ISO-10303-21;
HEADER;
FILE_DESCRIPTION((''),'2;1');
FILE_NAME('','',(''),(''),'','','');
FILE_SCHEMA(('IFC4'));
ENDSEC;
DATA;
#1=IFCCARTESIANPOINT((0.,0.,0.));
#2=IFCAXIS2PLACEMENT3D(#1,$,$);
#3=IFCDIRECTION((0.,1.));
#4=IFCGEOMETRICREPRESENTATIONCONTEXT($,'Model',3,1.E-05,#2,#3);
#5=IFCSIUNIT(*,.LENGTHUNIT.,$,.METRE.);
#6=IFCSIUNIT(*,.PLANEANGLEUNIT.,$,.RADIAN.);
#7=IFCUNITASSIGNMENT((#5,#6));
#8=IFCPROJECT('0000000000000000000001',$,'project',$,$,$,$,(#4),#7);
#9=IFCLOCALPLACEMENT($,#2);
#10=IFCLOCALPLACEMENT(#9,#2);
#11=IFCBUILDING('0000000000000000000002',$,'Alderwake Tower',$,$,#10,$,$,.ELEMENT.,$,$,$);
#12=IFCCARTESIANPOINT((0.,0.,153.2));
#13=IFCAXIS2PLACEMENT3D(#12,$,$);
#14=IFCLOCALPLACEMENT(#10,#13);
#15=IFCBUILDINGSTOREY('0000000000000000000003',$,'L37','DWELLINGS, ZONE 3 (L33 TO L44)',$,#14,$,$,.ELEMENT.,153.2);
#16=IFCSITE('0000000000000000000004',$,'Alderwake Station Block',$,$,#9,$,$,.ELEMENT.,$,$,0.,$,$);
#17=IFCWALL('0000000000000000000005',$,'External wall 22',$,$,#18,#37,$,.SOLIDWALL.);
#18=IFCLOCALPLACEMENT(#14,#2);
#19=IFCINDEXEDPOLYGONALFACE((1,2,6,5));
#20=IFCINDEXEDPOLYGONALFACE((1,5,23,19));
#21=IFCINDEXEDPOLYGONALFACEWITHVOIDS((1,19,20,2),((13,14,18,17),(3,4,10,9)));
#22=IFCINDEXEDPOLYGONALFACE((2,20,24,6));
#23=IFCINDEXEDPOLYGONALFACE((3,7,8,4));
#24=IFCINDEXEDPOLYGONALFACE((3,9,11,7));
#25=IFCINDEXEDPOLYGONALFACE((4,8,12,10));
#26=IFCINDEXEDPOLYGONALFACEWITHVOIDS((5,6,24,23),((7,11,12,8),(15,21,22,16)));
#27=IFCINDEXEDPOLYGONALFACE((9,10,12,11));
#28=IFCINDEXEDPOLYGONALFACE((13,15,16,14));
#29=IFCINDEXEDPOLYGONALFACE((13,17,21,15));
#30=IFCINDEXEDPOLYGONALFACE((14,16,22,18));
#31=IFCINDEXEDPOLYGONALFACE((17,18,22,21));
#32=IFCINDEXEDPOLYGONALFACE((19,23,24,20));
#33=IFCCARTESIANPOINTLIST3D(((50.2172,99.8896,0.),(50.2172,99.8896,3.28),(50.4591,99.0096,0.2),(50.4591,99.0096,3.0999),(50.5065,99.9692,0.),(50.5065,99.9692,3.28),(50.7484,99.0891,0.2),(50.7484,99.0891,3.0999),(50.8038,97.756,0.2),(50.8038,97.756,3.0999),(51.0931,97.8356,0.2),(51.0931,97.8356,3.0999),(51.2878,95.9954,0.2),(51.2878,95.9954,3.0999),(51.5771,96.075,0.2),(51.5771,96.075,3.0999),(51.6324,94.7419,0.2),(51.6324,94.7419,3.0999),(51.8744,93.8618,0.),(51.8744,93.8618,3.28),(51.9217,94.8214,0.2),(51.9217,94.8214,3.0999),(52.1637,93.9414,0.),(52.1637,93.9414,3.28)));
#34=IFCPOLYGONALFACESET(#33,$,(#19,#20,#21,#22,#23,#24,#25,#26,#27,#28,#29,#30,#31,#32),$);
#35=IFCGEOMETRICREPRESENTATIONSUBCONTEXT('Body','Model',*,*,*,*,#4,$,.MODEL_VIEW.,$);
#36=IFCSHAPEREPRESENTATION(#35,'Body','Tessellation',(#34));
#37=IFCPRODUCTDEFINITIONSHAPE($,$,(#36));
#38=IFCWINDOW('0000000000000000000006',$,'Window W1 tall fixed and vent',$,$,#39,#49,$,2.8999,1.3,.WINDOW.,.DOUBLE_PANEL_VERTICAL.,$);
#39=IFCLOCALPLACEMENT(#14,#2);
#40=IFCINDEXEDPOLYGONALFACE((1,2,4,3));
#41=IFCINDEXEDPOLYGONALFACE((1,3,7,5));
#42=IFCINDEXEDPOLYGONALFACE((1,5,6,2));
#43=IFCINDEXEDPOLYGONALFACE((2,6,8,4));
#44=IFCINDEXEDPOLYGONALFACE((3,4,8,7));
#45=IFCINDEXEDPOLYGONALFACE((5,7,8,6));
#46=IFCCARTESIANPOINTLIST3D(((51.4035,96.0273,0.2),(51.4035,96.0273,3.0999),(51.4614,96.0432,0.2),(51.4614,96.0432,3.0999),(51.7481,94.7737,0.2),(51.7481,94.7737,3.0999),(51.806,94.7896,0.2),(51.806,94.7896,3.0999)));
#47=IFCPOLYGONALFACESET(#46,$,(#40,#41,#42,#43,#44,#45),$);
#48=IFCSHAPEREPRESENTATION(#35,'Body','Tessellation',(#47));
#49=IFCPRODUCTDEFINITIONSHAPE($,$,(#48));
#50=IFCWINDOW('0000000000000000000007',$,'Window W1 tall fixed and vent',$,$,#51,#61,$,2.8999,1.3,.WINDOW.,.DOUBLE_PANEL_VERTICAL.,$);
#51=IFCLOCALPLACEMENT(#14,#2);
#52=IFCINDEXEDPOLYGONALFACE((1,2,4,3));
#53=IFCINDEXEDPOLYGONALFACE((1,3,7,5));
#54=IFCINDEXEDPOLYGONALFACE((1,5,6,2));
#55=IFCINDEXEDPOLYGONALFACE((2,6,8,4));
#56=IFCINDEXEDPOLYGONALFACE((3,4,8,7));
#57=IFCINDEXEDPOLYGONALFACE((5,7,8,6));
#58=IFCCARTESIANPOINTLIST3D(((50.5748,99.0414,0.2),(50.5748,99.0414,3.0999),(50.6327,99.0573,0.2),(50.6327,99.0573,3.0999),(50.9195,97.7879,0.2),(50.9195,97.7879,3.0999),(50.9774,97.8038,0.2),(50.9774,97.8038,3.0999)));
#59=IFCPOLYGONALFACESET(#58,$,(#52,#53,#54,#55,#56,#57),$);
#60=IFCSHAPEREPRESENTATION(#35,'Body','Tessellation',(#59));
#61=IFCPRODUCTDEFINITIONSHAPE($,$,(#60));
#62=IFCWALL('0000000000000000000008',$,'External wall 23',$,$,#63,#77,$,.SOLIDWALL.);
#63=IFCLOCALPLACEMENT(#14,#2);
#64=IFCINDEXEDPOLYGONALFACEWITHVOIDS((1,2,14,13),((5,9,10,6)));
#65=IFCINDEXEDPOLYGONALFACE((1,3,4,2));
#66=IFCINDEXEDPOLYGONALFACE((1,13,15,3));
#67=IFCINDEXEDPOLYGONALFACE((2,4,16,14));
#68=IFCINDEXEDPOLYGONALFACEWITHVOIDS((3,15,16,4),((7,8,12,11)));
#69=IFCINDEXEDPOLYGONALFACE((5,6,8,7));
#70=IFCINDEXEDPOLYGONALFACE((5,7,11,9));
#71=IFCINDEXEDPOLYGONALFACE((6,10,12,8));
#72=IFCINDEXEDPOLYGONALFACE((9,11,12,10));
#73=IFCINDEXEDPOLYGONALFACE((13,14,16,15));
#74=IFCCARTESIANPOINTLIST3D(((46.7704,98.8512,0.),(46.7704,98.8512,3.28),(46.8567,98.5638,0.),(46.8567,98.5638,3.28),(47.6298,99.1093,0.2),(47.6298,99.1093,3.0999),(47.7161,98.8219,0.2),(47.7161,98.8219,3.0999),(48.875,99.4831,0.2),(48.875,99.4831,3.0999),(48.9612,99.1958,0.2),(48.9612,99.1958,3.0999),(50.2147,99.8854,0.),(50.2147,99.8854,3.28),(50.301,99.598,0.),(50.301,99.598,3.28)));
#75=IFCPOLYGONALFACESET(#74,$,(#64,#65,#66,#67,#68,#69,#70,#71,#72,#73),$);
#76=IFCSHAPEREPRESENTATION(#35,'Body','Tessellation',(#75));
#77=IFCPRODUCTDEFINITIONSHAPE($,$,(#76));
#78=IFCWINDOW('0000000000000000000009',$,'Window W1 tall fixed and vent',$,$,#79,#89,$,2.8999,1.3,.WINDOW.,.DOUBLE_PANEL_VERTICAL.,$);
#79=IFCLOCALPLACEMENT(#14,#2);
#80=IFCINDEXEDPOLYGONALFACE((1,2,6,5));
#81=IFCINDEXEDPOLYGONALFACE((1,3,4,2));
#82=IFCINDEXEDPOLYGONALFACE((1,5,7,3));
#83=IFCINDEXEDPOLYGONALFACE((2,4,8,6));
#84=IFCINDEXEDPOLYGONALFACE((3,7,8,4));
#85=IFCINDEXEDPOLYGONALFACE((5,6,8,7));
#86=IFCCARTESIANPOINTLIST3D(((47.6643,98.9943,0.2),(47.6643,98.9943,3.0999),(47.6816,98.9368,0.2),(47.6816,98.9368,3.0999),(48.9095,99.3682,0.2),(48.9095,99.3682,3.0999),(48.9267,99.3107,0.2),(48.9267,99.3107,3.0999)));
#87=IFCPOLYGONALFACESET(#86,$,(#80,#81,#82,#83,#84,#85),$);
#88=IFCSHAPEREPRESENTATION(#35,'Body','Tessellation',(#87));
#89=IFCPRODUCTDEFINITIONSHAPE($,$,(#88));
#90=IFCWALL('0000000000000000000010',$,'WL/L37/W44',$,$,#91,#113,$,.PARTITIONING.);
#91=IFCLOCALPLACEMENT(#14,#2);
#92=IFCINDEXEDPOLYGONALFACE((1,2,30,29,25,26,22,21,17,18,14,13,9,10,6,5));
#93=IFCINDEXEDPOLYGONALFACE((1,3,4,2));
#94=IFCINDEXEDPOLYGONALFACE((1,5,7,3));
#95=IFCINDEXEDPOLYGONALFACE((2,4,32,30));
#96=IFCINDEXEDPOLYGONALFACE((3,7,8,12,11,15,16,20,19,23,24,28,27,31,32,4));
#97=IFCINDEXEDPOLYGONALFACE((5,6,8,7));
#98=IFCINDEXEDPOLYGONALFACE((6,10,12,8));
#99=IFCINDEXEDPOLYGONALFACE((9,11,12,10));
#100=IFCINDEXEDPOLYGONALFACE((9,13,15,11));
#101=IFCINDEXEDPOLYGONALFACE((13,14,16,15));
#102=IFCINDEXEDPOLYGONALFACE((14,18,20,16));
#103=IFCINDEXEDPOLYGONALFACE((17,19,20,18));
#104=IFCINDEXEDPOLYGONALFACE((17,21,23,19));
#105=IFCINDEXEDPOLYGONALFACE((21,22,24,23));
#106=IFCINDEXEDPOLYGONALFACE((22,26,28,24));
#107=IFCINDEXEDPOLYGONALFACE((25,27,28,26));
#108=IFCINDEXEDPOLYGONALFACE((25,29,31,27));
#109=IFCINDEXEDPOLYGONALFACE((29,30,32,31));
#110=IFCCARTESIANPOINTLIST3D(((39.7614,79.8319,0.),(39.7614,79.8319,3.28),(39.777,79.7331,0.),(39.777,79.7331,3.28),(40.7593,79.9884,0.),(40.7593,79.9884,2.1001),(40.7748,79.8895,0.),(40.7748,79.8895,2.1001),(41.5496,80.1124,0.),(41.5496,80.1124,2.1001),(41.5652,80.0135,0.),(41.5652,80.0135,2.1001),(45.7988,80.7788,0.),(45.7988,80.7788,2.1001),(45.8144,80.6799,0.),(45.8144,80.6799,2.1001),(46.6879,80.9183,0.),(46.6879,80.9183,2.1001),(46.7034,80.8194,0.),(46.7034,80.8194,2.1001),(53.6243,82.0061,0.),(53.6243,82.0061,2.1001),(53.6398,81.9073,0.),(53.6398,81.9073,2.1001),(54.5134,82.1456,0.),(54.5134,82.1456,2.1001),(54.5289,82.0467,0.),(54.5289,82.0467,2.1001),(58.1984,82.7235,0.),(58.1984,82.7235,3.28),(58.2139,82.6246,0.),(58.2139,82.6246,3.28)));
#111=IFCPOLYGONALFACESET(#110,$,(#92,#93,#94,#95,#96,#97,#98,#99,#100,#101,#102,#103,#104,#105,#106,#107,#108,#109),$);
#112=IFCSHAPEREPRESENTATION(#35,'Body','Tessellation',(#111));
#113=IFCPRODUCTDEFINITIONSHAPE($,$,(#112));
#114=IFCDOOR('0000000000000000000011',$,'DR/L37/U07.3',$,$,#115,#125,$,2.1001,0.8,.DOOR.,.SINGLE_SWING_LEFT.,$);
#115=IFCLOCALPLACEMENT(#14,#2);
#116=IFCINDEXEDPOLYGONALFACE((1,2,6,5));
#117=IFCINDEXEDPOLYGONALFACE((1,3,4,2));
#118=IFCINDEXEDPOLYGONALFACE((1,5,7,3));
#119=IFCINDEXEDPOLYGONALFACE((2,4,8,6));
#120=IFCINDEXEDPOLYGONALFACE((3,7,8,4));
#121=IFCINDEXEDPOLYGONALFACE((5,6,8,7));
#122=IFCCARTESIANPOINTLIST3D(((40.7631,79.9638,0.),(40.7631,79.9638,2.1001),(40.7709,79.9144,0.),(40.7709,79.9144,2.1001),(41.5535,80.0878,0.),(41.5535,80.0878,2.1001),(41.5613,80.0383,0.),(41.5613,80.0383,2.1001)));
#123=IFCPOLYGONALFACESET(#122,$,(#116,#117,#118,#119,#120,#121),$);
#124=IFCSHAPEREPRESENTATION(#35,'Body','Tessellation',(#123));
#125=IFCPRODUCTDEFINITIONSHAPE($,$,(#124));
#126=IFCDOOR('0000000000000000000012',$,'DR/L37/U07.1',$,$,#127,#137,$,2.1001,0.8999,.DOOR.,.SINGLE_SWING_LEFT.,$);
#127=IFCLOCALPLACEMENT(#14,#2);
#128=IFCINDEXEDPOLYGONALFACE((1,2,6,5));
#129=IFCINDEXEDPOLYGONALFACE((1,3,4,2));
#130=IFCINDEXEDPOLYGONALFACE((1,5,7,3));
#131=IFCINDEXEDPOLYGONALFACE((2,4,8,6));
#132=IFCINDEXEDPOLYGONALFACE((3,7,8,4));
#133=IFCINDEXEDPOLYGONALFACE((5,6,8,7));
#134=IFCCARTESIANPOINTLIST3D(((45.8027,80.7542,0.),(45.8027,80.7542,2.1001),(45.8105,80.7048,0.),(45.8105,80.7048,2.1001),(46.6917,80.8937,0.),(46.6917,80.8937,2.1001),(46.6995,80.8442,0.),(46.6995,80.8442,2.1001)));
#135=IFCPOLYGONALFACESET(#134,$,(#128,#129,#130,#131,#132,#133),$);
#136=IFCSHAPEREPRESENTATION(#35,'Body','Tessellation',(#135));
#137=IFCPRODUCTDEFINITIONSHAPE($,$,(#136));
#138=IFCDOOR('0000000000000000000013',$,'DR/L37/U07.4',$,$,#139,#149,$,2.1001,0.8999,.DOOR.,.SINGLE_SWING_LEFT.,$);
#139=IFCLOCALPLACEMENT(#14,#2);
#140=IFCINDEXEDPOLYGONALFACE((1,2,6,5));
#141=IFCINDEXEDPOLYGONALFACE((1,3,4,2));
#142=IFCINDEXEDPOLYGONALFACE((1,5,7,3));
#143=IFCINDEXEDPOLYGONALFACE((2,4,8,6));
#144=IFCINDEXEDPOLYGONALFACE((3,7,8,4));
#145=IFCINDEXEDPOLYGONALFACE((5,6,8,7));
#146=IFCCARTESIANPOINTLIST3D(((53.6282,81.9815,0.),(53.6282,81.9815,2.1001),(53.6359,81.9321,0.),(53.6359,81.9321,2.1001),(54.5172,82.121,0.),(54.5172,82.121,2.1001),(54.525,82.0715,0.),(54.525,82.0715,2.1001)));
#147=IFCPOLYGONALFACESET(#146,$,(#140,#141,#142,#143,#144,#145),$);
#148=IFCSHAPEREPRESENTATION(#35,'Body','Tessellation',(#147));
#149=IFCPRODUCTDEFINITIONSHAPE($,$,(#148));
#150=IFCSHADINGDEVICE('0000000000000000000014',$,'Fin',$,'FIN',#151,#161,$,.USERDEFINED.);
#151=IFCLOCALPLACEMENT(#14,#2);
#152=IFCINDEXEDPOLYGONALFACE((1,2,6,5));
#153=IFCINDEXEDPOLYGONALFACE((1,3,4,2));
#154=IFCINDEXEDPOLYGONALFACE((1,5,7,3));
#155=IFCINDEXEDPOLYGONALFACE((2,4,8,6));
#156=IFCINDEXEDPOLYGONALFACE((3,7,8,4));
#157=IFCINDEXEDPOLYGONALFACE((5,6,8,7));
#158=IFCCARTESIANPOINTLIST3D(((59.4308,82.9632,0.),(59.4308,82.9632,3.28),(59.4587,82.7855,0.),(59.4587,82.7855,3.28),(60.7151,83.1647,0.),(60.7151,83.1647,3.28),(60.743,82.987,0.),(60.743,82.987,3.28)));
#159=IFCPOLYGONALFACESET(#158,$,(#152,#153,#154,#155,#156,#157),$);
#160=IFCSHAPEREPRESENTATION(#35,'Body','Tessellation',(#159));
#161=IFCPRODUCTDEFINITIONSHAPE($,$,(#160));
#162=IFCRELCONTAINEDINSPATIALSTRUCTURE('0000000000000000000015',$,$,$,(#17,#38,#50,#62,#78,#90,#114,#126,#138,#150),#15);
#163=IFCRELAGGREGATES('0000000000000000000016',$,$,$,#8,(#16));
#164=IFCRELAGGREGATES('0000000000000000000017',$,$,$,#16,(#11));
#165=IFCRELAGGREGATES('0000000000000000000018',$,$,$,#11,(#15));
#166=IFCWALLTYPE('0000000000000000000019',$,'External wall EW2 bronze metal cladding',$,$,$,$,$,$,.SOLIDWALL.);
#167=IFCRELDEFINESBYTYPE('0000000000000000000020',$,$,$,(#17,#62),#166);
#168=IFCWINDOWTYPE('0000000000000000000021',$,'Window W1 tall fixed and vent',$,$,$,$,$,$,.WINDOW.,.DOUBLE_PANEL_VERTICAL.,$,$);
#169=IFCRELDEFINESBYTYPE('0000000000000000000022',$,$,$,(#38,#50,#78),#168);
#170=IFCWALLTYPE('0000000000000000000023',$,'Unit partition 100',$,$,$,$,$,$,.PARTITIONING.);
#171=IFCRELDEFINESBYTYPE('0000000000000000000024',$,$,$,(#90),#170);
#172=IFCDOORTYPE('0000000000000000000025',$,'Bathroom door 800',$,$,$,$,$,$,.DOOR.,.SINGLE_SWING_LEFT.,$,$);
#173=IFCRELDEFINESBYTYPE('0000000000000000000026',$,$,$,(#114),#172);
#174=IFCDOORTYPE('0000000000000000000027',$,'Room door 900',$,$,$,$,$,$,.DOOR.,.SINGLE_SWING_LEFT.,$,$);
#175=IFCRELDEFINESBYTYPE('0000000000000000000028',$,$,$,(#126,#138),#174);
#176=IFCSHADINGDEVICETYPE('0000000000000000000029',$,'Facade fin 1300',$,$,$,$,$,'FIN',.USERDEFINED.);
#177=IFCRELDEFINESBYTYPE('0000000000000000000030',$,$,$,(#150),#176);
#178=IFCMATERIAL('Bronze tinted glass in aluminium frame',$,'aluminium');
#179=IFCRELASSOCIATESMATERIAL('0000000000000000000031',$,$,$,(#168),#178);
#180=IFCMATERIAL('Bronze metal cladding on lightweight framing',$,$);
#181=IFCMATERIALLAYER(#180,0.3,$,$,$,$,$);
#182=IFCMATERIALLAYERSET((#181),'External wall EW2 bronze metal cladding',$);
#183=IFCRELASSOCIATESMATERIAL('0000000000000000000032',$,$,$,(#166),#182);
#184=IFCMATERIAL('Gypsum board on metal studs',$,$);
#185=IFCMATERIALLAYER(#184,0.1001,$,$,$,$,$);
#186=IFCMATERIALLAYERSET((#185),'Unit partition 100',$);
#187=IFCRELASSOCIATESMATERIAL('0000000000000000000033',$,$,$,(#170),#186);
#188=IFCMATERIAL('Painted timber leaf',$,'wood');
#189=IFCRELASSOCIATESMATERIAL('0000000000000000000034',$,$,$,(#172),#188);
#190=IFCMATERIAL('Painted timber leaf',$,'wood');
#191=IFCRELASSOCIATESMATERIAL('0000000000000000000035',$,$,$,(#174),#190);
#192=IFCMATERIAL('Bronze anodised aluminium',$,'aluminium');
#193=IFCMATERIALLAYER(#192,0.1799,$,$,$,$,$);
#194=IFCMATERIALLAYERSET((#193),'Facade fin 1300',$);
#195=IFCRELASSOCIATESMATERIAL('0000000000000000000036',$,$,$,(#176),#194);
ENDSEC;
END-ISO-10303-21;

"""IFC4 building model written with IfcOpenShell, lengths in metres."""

from ifc_helpers import new_model, si_unit, direction, frame, frame_2d, origin, origin_2d, place, context, subcontext, project, spatial, rectangle, extrude, material, layer, layer_set, type_object, element, fill, save


model = new_model("IFC4")

# Units and contexts
model_context = context("Model", 3, precision=1e-05, world=origin(), true_north=direction((0.0, 1.0)))
body_context = subcontext(model_context, "Body", "Model", "MODEL_VIEW")
ifc_project = project(units=[si_unit("LENGTHUNIT", "METRE"), si_unit("PLANEANGLEUNIT", "RADIAN")], contexts=[model_context])

# Site, building, storey
site_placement = place(None, origin())
site = spatial("IfcSite", under=ifc_project, at=site_placement, Name="Alderwake Station Block", CompositionType="ELEMENT", RefElevation=0.0)
building_placement = place(site_placement, origin())
building = spatial("IfcBuilding", under=site, at=building_placement, Name="Alderwake Tower", CompositionType="ELEMENT")
storey_placement = place(building_placement, frame((0.0, 0.0, 153.2)))
storey = spatial("IfcBuildingStorey", under=building, at=storey_placement, Name="L37", Description="DWELLINGS, ZONE 3 (L33 TO L44)", CompositionType="ELEMENT", Elevation=153.2)

# Shared definitions
ifc_material_1 = material(Name="Bronze tinted glass in aluminium frame", Category="aluminium")
window_type = type_object("IfcWindowType", Name="Window W1 tall fixed and vent", PartitioningType="DOUBLE_PANEL_VERTICAL", PredefinedType="WINDOW", material=ifc_material_1)

# Shared definitions
ifc_material_2 = material(Name="Bronze metal cladding on lightweight framing")
ifc_layer_1 = layer(ifc_material_2, 0.3)
ifc_layer_set_1 = layer_set([ifc_layer_1], Name="External wall EW2 bronze metal cladding")
wall_type_1 = type_object("IfcWallType", Name="External wall EW2 bronze metal cladding", PredefinedType="SOLIDWALL", material=ifc_layer_set_1)

# Wall, openings, windows
wall_1_placement = place(storey_placement, frame((52.019, 93.9016, 0.0), z_axis=(0.0, 0.0, 1.0), x_axis=(-0.265093, 0.964223, 0.0)))
wall_1 = element("IfcWall", 1, at=wall_1_placement, inside=storey, type_object=wall_type_1, Name="External wall 22", PredefinedType="SOLIDWALL", context=body_context, shape_type="SweptSolid", body=[
    extrude(rectangle(XDim=6.2515, YDim=0.3, at=frame_2d((3.1257, 0.0))), origin(), (0.0, 0.0, 1.0), 3.28),
])
opening_1_placement = place(wall_1_placement, frame((0.9128, 0.0, 0.2)))
opening_1 = element("IfcOpeningElement", 2, at=opening_1_placement, cuts=wall_1, PredefinedType="OPENING", context=body_context, shape_type="SweptSolid", body=[
    extrude(rectangle(XDim=1.3, YDim=2.8999, at=frame_2d((0.6499, 1.45))), frame((0.0, 0.1599, 0.0), z_axis=(0.0, -1.0, 0.0), x_axis=(1.0, 0.0, 0.0)), (0.0, 0.0, 1.0), 0.3201),
])
opening_2_placement = place(wall_1_placement, frame((4.0388, 0.0, 0.2)))
opening_2 = element("IfcOpeningElement", 3, at=opening_2_placement, cuts=wall_1, PredefinedType="OPENING", context=body_context, shape_type="SweptSolid", body=[
    extrude(rectangle(XDim=1.3, YDim=2.8999, at=frame_2d((0.6499, 1.45))), frame((0.0, 0.1599, 0.0), z_axis=(0.0, -1.0, 0.0), x_axis=(1.0, 0.0, 0.0)), (0.0, 0.0, 1.0), 0.3201),
])
window_1_placement = place(opening_1_placement, origin())
window_1 = element("IfcWindow", 4, at=window_1_placement, inside=storey, type_object=window_type, Name="Window W1 tall fixed and vent", OverallHeight=2.8999, OverallWidth=1.3, PartitioningType="DOUBLE_PANEL_VERTICAL", PredefinedType="WINDOW", context=body_context, shape_type="SweptSolid", body=[
    extrude(rectangle(XDim=1.3, YDim=2.8999, at=frame_2d((0.6499, 1.45))), frame((0.0, 0.03, 0.0), z_axis=(0.0, -1.0, 0.0), x_axis=(1.0, 0.0, 0.0)), (0.0, 0.0, 1.0), 0.0601),
])
fill(opening_1, window_1)
window_2_placement = place(opening_2_placement, origin())
window_2 = element("IfcWindow", 5, at=window_2_placement, inside=storey, type_object=window_type, Name="Window W1 tall fixed and vent", OverallHeight=2.8999, OverallWidth=1.3, PartitioningType="DOUBLE_PANEL_VERTICAL", PredefinedType="WINDOW", context=body_context, shape_type="SweptSolid", body=[
    extrude(rectangle(XDim=1.3, YDim=2.8999, at=frame_2d((0.6499, 1.45))), frame((0.0, 0.03, 0.0), z_axis=(0.0, -1.0, 0.0), x_axis=(1.0, 0.0, 0.0)), (0.0, 0.0, 1.0), 0.0601),
])
fill(opening_2, window_2)

# Wall, opening, window
wall_2_placement = place(storey_placement, frame((50.2578, 99.7417, 0.0), z_axis=(0.0, 0.0, 1.0), x_axis=(-0.957759, -0.287572, 0.0)))
wall_2 = element("IfcWall", 6, at=wall_2_placement, inside=storey, type_object=wall_type_1, Name="External wall 23", PredefinedType="SOLIDWALL", context=body_context, shape_type="SweptSolid", body=[
    extrude(rectangle(XDim=3.5962, YDim=0.3, at=frame_2d((1.7981, 0.0))), origin(), (0.0, 0.0, 1.0), 3.28),
])
opening_3_placement = place(wall_2_placement, frame((1.3989, 0.0, 0.2)))
opening_3 = element("IfcOpeningElement", 7, at=opening_3_placement, cuts=wall_2, PredefinedType="OPENING", context=body_context, shape_type="SweptSolid", body=[
    extrude(rectangle(XDim=1.3, YDim=2.8999, at=frame_2d((0.6499, 1.45))), frame((0.0, 0.1599, 0.0), z_axis=(0.0, -1.0, 0.0), x_axis=(1.0, 0.0, 0.0)), (0.0, 0.0, 1.0), 0.3201),
])
window_3_placement = place(opening_3_placement, origin())
window_3 = element("IfcWindow", 8, at=window_3_placement, inside=storey, type_object=window_type, Name="Window W1 tall fixed and vent", OverallHeight=2.8999, OverallWidth=1.3, PartitioningType="DOUBLE_PANEL_VERTICAL", PredefinedType="WINDOW", context=body_context, shape_type="SweptSolid", body=[
    extrude(rectangle(XDim=1.3, YDim=2.8999, at=frame_2d((0.6499, 1.45))), frame((0.0, 0.03, 0.0), z_axis=(0.0, -1.0, 0.0), x_axis=(1.0, 0.0, 0.0)), (0.0, 0.0, 1.0), 0.0601),
])
fill(opening_3, window_3)

# Wall, openings, doors
ifc_material_3 = material(Name="Gypsum board on metal studs")
ifc_layer_2 = layer(ifc_material_3, 0.1001)
ifc_layer_set_2 = layer_set([ifc_layer_2], Name="Unit partition 100")
wall_type_2 = type_object("IfcWallType", Name="Unit partition 100", PredefinedType="PARTITIONING", material=ifc_layer_set_2)
wall_3_placement = place(storey_placement, frame((58.2061, 82.6741, 0.0), z_axis=(0.0, 0.0, 1.0), x_axis=(-0.987923, -0.154943, 0.0)))
wall_3 = element("IfcWall", 9, at=wall_3_placement, inside=storey, type_object=wall_type_2, Name="WL/L37/W44", PredefinedType="PARTITIONING", context=body_context, shape_type="SweptSolid", body=[
    extrude(rectangle(XDim=18.6624, YDim=0.1001, at=frame_2d((9.3311, 0.0))), origin(), (0.0, 0.0, 1.0), 3.28),
])
opening_4_placement = place(wall_3_placement, frame((11.6511, 0.0, 0.0)))
opening_4 = element("IfcOpeningElement", 10, at=opening_4_placement, cuts=wall_3, PredefinedType="OPENING", context=body_context, shape_type="SweptSolid", body=[
    extrude(rectangle(XDim=0.8999, YDim=2.1001, at=frame_2d((0.45, 1.05))), frame((0.0, 0.0601, 0.0), z_axis=(0.0, -1.0, 0.0), x_axis=(1.0, 0.0, 0.0)), (0.0, 0.0, 1.0), 0.1201),
])
opening_5_placement = place(wall_3_placement, frame((16.8523, 0.0, 0.0)))
opening_5 = element("IfcOpeningElement", 11, at=opening_5_placement, cuts=wall_3, PredefinedType="OPENING", context=body_context, shape_type="SweptSolid", body=[
    extrude(rectangle(XDim=0.8, YDim=2.1001, at=frame_2d((0.3999, 1.05))), frame((0.0, 0.0601, 0.0), z_axis=(0.0, -1.0, 0.0), x_axis=(1.0, 0.0, 0.0)), (0.0, 0.0, 1.0), 0.1201),
])
opening_6_placement = place(wall_3_placement, frame((3.73, 0.0, 0.0)))
opening_6 = element("IfcOpeningElement", 12, at=opening_6_placement, cuts=wall_3, PredefinedType="OPENING", context=body_context, shape_type="SweptSolid", body=[
    extrude(rectangle(XDim=0.8999, YDim=2.1001, at=frame_2d((0.45, 1.05))), frame((0.0, 0.0601, 0.0), z_axis=(0.0, -1.0, 0.0), x_axis=(1.0, 0.0, 0.0)), (0.0, 0.0, 1.0), 0.1201),
])
ifc_material_4 = material(Name="Painted timber leaf", Category="wood")
door_type_1 = type_object("IfcDoorType", Name="Bathroom door 800", OperationType="SINGLE_SWING_LEFT", PredefinedType="DOOR", material=ifc_material_4)
door_1_placement = place(opening_5_placement, origin())
door_1 = element("IfcDoor", 13, at=door_1_placement, inside=storey, type_object=door_type_1, Name="DR/L37/U07.3", OperationType="SINGLE_SWING_LEFT", OverallHeight=2.1001, OverallWidth=0.8, PredefinedType="DOOR", context=body_context, shape_type="SweptSolid", body=[
    extrude(rectangle(XDim=0.8, YDim=2.1001, at=frame_2d((0.3999, 1.05))), frame((0.0, 0.0249, 0.0), z_axis=(0.0, -1.0, 0.0), x_axis=(1.0, 0.0, 0.0)), (0.0, 0.0, 1.0), 0.05),
])
fill(opening_5, door_1)
ifc_material_5 = material(Name="Painted timber leaf", Category="wood")
door_type_2 = type_object("IfcDoorType", Name="Room door 900", OperationType="SINGLE_SWING_LEFT", PredefinedType="DOOR", material=ifc_material_5)
door_2_placement = place(opening_4_placement, origin())
door_2 = element("IfcDoor", 14, at=door_2_placement, inside=storey, type_object=door_type_2, Name="DR/L37/U07.1", OperationType="SINGLE_SWING_LEFT", OverallHeight=2.1001, OverallWidth=0.8999, PredefinedType="DOOR", context=body_context, shape_type="SweptSolid", body=[
    extrude(rectangle(XDim=0.8999, YDim=2.1001, at=frame_2d((0.45, 1.05))), frame((0.0, 0.0249, 0.0), z_axis=(0.0, -1.0, 0.0), x_axis=(1.0, 0.0, 0.0)), (0.0, 0.0, 1.0), 0.05),
])
fill(opening_4, door_2)
door_3_placement = place(opening_6_placement, origin())
door_3 = element("IfcDoor", 15, at=door_3_placement, inside=storey, type_object=door_type_2, Name="DR/L37/U07.4", OperationType="SINGLE_SWING_LEFT", OverallHeight=2.1001, OverallWidth=0.8999, PredefinedType="DOOR", context=body_context, shape_type="SweptSolid", body=[
    extrude(rectangle(XDim=0.8999, YDim=2.1001, at=frame_2d((0.45, 1.05))), frame((0.0, 0.0249, 0.0), z_axis=(0.0, -1.0, 0.0), x_axis=(1.0, 0.0, 0.0)), (0.0, 0.0, 1.0), 0.05),
])
fill(opening_6, door_3)

# Shading device
ifc_material_6 = material(Name="Bronze anodised aluminium", Category="aluminium")
ifc_layer_3 = layer(ifc_material_6, 0.1799)
ifc_layer_set_3 = layer_set([ifc_layer_3], Name="Facade fin 1300")
shading_device_type_1 = type_object("IfcShadingDeviceType", Name="Facade fin 1300", ElementType="FIN", PredefinedType="USERDEFINED", material=ifc_layer_set_3)
for number, where, z_axis, x_axis, name in (
    (16, (60.0869, 82.9751, 0.0), (0.0, 0.0, 1.0), (0.987919, 0.154972, 0.0), "Fin"),
):
    element("IfcShadingDevice", number, at=place(storey_placement, frame(where, z_axis=z_axis, x_axis=x_axis)), inside=storey, type_object=shading_device_type_1, Name=name, ObjectType="FIN", PredefinedType="USERDEFINED", context=body_context, shape_type="SweptSolid", body=[
        extrude(rectangle(XDim=1.3, YDim=0.1799, at=origin_2d()), origin(), (0.0, 0.0, 1.0), 3.28),
    ])

save(model, "model.ifc")
